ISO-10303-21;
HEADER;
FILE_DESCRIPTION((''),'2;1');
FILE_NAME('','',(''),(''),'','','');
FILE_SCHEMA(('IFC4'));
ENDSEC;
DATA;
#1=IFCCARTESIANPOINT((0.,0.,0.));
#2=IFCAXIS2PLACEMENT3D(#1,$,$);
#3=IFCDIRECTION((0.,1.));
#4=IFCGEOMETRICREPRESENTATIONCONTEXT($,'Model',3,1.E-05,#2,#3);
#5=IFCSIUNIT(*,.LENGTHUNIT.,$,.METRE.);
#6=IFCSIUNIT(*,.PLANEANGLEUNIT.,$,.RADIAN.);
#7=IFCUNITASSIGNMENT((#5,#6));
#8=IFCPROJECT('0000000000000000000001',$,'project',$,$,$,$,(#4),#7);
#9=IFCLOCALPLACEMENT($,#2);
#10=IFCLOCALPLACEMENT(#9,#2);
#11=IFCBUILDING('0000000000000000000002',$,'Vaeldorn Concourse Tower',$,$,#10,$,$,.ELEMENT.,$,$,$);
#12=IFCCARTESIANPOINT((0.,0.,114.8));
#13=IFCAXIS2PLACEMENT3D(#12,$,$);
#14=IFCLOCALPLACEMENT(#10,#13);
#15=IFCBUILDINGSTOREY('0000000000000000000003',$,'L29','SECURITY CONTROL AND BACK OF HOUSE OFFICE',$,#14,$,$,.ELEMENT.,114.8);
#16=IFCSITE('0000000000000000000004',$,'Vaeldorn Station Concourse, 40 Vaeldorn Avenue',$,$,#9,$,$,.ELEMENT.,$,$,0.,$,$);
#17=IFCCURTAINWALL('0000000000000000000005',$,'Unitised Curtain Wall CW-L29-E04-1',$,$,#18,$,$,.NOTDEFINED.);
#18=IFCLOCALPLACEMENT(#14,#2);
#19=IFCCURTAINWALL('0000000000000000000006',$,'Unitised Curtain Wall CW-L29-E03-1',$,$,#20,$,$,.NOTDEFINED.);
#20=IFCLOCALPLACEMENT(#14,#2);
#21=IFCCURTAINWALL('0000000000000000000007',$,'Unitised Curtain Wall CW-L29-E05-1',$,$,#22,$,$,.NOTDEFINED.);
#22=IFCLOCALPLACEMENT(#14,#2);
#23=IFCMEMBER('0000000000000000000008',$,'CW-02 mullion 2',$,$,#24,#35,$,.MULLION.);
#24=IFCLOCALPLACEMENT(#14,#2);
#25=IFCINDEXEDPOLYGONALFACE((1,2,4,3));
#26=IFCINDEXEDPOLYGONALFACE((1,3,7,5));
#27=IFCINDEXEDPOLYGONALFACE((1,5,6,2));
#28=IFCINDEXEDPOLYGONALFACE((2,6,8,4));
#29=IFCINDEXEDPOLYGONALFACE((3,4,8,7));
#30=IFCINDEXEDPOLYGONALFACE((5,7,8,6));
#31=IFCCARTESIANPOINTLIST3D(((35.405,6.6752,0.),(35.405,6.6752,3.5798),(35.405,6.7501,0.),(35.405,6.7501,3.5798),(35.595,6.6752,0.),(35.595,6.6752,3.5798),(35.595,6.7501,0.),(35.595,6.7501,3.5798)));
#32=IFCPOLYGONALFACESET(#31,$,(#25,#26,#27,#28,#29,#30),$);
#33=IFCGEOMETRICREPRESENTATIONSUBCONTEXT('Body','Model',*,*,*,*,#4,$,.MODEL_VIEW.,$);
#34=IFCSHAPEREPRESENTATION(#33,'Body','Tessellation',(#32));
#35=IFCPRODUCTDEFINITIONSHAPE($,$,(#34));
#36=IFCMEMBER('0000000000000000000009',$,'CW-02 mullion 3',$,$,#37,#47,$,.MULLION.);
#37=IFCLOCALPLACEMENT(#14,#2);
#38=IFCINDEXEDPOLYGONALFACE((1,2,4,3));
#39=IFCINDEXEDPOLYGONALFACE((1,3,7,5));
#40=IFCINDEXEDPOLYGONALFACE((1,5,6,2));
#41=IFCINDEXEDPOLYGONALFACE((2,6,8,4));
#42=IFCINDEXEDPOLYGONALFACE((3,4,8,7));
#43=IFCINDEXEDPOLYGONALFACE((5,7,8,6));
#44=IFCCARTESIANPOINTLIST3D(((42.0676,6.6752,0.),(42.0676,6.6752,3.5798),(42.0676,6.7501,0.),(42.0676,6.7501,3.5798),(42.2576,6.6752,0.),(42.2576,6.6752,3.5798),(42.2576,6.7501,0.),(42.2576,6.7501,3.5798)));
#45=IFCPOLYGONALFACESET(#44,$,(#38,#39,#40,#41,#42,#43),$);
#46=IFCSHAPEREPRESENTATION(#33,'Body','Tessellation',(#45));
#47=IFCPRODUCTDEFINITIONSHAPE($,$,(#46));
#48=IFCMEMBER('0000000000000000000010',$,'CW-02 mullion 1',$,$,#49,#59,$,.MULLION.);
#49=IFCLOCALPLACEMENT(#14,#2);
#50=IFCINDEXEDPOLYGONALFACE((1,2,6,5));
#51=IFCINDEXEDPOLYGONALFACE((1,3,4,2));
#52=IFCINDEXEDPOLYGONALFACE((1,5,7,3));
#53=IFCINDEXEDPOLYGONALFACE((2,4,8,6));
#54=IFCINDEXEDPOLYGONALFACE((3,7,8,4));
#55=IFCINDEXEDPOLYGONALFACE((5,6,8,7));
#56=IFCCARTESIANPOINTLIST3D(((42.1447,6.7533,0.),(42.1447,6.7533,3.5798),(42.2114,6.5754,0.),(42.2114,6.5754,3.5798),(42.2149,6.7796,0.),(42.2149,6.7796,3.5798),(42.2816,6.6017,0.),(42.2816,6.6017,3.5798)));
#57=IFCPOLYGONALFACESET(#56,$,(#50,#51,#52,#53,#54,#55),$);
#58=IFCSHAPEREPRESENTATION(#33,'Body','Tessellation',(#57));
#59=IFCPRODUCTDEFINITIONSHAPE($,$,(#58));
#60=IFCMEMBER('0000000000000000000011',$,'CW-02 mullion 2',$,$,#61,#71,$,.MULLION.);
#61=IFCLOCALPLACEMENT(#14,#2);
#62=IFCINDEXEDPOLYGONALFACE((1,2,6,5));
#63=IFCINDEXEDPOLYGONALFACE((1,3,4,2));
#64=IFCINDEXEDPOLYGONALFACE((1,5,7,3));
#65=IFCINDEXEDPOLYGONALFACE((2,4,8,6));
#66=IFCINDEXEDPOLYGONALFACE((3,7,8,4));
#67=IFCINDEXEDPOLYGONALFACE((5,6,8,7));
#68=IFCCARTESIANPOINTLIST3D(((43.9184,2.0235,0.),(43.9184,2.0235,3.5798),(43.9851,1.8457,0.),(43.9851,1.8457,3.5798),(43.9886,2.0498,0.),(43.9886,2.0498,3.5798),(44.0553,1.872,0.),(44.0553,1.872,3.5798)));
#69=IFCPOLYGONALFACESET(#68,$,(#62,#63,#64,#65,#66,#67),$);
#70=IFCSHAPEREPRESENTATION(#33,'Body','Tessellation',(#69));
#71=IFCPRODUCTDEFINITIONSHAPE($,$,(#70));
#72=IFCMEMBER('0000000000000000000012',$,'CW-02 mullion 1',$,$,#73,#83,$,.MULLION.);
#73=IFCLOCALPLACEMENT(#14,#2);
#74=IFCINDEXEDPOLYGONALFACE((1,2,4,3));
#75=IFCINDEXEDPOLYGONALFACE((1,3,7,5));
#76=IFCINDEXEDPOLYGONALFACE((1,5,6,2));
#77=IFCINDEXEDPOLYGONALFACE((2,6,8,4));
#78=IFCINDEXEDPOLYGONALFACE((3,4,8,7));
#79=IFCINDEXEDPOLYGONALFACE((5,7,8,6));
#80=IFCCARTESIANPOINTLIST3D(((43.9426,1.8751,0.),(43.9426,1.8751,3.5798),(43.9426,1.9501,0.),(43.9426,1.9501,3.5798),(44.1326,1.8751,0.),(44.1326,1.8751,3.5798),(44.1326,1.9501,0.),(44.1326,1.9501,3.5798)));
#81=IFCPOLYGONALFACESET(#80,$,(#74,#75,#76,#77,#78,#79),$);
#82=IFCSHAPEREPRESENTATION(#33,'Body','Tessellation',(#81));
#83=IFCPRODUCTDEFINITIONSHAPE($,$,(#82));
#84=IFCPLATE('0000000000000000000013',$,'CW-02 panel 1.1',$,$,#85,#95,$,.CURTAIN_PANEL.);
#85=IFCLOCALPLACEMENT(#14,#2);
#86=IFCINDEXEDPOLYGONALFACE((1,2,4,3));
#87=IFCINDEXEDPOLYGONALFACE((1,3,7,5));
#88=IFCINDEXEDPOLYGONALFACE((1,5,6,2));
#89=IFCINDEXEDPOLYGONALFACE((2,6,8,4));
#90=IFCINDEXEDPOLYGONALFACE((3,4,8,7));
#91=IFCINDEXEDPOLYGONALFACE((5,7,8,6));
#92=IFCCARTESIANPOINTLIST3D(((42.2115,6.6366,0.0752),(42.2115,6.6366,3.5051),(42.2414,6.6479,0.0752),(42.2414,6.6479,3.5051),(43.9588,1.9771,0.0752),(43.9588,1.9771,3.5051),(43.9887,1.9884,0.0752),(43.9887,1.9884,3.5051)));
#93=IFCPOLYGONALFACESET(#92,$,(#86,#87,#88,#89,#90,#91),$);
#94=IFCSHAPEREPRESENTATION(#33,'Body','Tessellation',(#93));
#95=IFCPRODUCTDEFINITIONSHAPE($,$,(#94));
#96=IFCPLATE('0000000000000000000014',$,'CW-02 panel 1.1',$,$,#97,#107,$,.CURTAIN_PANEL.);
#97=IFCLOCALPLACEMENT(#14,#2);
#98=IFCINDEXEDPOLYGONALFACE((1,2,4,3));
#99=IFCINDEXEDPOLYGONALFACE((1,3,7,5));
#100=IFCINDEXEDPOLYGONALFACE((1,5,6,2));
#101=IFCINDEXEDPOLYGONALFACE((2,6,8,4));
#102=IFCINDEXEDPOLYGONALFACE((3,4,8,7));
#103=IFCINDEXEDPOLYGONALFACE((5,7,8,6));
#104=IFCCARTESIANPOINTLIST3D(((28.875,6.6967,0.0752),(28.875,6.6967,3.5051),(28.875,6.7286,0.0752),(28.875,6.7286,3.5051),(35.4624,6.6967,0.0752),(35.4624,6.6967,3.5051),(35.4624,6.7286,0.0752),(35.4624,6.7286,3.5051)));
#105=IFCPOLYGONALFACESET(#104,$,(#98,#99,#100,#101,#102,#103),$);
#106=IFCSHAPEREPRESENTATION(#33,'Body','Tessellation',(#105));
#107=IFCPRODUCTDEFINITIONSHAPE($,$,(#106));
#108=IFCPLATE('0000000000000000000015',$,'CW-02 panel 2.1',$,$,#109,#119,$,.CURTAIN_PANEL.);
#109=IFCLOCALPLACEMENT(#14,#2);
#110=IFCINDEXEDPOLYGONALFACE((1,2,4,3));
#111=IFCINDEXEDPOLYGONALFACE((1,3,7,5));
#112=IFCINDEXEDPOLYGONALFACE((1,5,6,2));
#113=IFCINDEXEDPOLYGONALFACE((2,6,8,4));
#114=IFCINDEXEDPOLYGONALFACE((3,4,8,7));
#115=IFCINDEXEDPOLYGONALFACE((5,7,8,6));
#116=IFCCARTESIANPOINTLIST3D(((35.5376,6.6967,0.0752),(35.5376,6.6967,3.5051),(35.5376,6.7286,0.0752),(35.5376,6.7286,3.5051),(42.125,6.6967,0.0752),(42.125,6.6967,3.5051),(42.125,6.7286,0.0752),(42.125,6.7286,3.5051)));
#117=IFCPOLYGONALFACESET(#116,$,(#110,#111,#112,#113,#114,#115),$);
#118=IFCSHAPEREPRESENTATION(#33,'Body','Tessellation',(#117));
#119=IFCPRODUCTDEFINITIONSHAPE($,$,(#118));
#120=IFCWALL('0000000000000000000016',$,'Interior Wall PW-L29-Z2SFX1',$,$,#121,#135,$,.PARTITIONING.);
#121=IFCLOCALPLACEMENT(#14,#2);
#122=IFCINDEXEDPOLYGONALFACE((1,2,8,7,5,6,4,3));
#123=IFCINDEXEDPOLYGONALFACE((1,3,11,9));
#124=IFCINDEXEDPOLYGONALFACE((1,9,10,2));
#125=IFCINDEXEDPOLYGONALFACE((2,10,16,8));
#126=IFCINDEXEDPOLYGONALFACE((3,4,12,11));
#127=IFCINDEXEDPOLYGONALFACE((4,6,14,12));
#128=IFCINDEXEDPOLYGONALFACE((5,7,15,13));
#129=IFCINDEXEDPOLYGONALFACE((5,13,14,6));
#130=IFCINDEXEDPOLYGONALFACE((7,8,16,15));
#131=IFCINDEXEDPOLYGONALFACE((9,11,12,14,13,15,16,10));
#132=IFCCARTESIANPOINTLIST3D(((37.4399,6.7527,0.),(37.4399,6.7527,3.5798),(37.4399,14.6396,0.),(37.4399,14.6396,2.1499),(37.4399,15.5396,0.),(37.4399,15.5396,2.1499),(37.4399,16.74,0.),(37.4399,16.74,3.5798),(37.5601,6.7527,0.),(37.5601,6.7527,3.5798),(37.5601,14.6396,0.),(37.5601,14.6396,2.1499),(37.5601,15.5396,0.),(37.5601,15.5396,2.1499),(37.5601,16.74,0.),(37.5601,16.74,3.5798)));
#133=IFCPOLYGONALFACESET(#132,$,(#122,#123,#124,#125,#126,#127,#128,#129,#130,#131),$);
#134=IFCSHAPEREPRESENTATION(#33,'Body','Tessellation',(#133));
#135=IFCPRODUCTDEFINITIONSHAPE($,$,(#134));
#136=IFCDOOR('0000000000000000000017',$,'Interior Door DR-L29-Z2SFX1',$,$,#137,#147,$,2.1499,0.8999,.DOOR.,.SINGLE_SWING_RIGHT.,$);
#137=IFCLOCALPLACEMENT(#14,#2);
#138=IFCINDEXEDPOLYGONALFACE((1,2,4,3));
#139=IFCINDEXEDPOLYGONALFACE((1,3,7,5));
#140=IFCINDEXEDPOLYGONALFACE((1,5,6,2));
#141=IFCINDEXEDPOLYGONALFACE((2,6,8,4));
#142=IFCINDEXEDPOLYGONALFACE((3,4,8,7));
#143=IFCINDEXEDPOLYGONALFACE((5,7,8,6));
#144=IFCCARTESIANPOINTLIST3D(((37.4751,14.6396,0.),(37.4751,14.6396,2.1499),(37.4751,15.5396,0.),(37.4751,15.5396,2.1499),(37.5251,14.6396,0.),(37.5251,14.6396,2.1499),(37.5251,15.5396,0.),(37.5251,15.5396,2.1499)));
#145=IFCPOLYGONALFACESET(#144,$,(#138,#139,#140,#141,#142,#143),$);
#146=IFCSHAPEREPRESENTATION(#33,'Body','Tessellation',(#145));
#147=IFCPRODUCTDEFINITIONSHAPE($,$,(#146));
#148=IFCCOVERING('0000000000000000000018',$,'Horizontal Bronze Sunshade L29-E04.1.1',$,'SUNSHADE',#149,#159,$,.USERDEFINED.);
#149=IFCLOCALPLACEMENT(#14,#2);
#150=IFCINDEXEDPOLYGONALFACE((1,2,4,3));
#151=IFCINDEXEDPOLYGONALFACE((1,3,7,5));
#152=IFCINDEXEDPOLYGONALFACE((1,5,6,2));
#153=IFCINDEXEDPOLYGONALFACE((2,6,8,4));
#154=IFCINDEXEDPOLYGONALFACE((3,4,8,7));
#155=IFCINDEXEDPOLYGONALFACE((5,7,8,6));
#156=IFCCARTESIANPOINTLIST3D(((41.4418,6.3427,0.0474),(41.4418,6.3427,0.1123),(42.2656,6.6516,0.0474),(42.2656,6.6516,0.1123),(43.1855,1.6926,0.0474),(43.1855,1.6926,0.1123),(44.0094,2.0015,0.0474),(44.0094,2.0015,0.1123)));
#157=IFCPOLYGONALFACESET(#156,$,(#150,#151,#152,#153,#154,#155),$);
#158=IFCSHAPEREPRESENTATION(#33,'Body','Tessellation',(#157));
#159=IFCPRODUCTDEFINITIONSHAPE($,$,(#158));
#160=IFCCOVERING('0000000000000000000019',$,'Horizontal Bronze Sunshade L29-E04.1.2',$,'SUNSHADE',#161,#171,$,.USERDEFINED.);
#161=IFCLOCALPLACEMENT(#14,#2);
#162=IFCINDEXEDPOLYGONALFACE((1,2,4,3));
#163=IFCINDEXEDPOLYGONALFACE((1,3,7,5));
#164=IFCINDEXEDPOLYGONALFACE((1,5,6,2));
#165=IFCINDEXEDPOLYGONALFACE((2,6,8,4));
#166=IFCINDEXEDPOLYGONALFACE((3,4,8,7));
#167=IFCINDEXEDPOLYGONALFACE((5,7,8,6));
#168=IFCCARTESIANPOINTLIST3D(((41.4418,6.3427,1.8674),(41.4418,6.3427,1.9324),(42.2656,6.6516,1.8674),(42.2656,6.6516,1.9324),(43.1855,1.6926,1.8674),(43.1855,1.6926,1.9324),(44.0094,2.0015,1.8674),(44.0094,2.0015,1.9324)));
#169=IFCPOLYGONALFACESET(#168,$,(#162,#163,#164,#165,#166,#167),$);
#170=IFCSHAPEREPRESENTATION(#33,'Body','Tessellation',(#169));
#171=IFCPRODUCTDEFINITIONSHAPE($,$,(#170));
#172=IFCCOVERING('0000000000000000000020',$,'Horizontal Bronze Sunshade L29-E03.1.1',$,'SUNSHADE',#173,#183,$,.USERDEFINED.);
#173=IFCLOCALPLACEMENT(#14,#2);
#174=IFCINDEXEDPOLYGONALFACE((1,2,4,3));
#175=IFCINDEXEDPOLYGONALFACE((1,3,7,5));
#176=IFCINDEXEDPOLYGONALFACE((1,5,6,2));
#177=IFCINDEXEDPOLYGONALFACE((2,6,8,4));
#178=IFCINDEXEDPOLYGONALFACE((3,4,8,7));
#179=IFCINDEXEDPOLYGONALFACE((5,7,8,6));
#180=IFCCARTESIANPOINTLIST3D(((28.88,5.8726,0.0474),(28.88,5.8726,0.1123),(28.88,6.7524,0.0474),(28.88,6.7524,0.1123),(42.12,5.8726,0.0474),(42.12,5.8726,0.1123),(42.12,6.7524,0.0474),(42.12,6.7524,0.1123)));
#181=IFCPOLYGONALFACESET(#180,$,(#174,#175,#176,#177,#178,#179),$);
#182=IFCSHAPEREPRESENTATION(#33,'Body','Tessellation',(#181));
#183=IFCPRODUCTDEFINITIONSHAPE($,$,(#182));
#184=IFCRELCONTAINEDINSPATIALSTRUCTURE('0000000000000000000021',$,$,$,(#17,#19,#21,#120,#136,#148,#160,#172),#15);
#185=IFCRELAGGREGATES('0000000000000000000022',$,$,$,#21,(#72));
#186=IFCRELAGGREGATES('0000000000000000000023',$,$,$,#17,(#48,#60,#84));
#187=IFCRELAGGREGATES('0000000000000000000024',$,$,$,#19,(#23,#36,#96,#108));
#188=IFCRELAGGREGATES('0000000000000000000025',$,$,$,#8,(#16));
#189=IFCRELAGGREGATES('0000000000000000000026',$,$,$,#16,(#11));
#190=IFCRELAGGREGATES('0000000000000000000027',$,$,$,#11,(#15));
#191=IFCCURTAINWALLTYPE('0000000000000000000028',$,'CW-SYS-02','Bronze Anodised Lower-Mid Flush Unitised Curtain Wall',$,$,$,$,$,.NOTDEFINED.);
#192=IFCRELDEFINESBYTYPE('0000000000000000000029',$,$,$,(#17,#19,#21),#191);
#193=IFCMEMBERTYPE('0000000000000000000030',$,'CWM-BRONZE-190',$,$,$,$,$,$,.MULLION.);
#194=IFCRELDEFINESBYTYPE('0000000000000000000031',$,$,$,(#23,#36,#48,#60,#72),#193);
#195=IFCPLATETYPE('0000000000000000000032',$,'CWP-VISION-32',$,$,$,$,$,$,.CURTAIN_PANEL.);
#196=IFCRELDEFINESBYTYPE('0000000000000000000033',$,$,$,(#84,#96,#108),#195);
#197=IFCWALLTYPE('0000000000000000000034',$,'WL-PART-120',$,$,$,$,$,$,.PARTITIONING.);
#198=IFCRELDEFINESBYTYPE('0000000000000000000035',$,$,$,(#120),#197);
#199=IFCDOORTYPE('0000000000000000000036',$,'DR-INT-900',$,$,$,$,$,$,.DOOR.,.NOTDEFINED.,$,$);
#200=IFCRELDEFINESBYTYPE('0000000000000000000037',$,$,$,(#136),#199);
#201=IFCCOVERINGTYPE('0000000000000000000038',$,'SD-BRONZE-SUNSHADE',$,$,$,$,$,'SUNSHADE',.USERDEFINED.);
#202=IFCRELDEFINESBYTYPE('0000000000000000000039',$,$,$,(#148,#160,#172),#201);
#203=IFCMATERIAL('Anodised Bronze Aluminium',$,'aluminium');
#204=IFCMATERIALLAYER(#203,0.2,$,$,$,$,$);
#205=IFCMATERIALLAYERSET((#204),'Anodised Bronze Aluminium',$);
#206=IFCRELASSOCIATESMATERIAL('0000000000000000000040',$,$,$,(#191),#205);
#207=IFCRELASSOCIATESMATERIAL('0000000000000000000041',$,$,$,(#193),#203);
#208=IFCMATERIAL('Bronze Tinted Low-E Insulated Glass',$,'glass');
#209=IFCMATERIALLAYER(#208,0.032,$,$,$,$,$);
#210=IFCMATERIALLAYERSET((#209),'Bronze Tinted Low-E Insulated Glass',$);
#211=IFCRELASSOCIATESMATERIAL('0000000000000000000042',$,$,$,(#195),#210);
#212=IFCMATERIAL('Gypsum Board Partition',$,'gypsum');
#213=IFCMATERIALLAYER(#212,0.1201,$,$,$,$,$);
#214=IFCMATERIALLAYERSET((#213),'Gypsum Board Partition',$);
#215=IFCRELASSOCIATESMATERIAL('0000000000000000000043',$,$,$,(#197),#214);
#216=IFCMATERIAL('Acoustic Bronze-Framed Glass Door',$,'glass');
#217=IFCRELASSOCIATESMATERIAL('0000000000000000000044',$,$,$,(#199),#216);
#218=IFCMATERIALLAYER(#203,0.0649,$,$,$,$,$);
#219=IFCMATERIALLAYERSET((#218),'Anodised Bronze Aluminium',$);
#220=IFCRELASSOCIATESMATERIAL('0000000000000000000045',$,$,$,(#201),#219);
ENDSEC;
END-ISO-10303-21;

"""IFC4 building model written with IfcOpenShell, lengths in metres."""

from ifc_helpers import new_model, si_unit, direction, frame, frame_2d, origin, origin_2d, place, context, subcontext, project, spatial, rectangle, extrude, source, transform, mapped, material, layer, layer_set, material_profile, profile_set, type_object, element, fill, aggregate, save


model = new_model("IFC4")

# Units and contexts
model_context = context("Model", 3, precision=1e-05, world=origin(), true_north=direction((0.0, 1.0)))
body_context = subcontext(model_context, "Body", "Model", "MODEL_VIEW")
ifc_project = project(units=[si_unit("LENGTHUNIT", "METRE"), si_unit("PLANEANGLEUNIT", "RADIAN")], contexts=[model_context])

# Site, building, storey
site_placement = place(None, origin())
site = spatial("IfcSite", under=ifc_project, at=site_placement, Name="Vaeldorn Station Concourse, 40 Vaeldorn Avenue", CompositionType="ELEMENT", RefElevation=0.0)
building_placement = place(site_placement, origin())
building = spatial("IfcBuilding", under=site, at=building_placement, Name="Vaeldorn Concourse Tower", CompositionType="ELEMENT")
storey_placement = place(building_placement, frame((0.0, 0.0, 114.8)))
storey = spatial("IfcBuildingStorey", under=building, at=storey_placement, Name="L29", Description="SECURITY CONTROL AND BACK OF HOUSE OFFICE", CompositionType="ELEMENT", Elevation=114.8)

# Curtain walls
ifc_material_1 = material(Name="Anodised Bronze Aluminium", Category="aluminium")
ifc_layer_1 = layer(ifc_material_1, 0.2)
ifc_layer_set_1 = layer_set([ifc_layer_1], Name="Anodised Bronze Aluminium")
curtain_wall_type = type_object("IfcCurtainWallType", Name="CW-SYS-02", Description="Bronze Anodised Lower-Mid Flush Unitised Curtain Wall", PredefinedType="NOTDEFINED", material=ifc_layer_set_1)
curtain_wall_1_placement = place(storey_placement, origin())
curtain_wall_1 = element("IfcCurtainWall", 1, at=curtain_wall_1_placement, inside=storey, type_object=curtain_wall_type, Name="Unitised Curtain Wall CW-L29-E04-1", PredefinedType="NOTDEFINED")
curtain_wall_2_placement = place(storey_placement, origin())
curtain_wall_2 = element("IfcCurtainWall", 2, at=curtain_wall_2_placement, inside=storey, type_object=curtain_wall_type, Name="Unitised Curtain Wall CW-L29-E03-1", PredefinedType="NOTDEFINED")
curtain_wall_3_placement = place(storey_placement, origin())
curtain_wall_3 = element("IfcCurtainWall", 3, at=curtain_wall_3_placement, inside=storey, type_object=curtain_wall_type, Name="Unitised Curtain Wall CW-L29-E05-1", PredefinedType="NOTDEFINED")

# Members
ifc_material_profile_1 = material_profile(ifc_material_1, rectangle(XDim=0.075, YDim=0.1899, at=origin_2d()), Name="CWM 75x190")
ifc_profile_set_1 = profile_set([ifc_material_profile_1], Name="Anodised Bronze Aluminium")
member_type_1 = type_object("IfcMemberType", Name="CWM-BRONZE-190", PredefinedType="MULLION", material=ifc_profile_set_1)
shared_shape_1 = source(origin(), body_context, "Body", "SweptSolid", [
    extrude(rectangle(XDim=0.075, YDim=0.1899, at=origin_2d()), origin(), (0.0, 0.0, 1.0), 3.5798),
])
member_1_placement = place(storey_placement, frame((35.5, 6.7126, 0.0), z_axis=(0.0, 0.0, 1.0), x_axis=(0.0, 1.0, 0.0)))
member_1 = element("IfcMember", 4, at=member_1_placement, type_object=member_type_1, Name="CW-02 mullion 2", PredefinedType="MULLION", context=body_context, shape_type="MappedRepresentation", body=[
    mapped(shared_shape_1, transform((0.0, 0.0, 0.0), scale=1.0)),
])
member_2_placement = place(storey_placement, frame((42.1626, 6.7126, 0.0), z_axis=(0.0, 0.0, 1.0), x_axis=(0.0, 1.0, 0.0)))
member_2 = element("IfcMember", 5, at=member_2_placement, type_object=member_type_1, Name="CW-02 mullion 3", PredefinedType="MULLION", context=body_context, shape_type="MappedRepresentation", body=[
    mapped(shared_shape_1, transform((0.0, 0.0, 0.0), scale=1.0)),
])
member_3_placement = place(storey_placement, frame((42.2131, 6.6775, 0.0), z_axis=(0.0, 0.0, 1.0), x_axis=(0.936329, 0.351123, 0.0)))
member_3 = element("IfcMember", 6, at=member_3_placement, type_object=member_type_1, Name="CW-02 mullion 1", PredefinedType="MULLION", context=body_context, shape_type="MappedRepresentation", body=[
    mapped(shared_shape_1, transform((0.0, 0.0, 0.0), scale=1.0)),
])
member_4_placement = place(storey_placement, frame((43.9868, 1.9478, 0.0), z_axis=(0.0, 0.0, 1.0), x_axis=(0.936329, 0.351123, 0.0)))
member_4 = element("IfcMember", 7, at=member_4_placement, type_object=member_type_1, Name="CW-02 mullion 2", PredefinedType="MULLION", context=body_context, shape_type="MappedRepresentation", body=[
    mapped(shared_shape_1, transform((0.0, 0.0, 0.0), scale=1.0)),
])
member_5_placement = place(storey_placement, frame((44.0376, 1.9126, 0.0), z_axis=(0.0, 0.0, 1.0), x_axis=(0.0, 1.0, 0.0)))
member_5 = element("IfcMember", 8, at=member_5_placement, type_object=member_type_1, Name="CW-02 mullion 1", PredefinedType="MULLION", context=body_context, shape_type="MappedRepresentation", body=[
    mapped(shared_shape_1, transform((0.0, 0.0, 0.0), scale=1.0)),
])
aggregate(curtain_wall_3, [member_5])

# Plates
ifc_material_2 = material(Name="Bronze Tinted Low-E Insulated Glass", Category="glass")
ifc_layer_2 = layer(ifc_material_2, 0.032)
ifc_layer_set_2 = layer_set([ifc_layer_2], Name="Bronze Tinted Low-E Insulated Glass")
plate_type = type_object("IfcPlateType", Name="CWP-VISION-32", PredefinedType="CURTAIN_PANEL", material=ifc_layer_set_2)
shared_shape_2 = source(origin(), body_context, "Body", "SweptSolid", [
    extrude(rectangle(XDim=4.9763, YDim=0.032, at=origin_2d()), origin(), (0.0, 0.0, 1.0), 3.4299),
])
plate_1_placement = place(storey_placement, frame((43.1001, 4.3125, 0.0752), z_axis=(0.0, 0.0, 1.0), x_axis=(0.351123, -0.936329, 0.0)))
plate_1 = element("IfcPlate", 9, at=plate_1_placement, type_object=plate_type, Name="CW-02 panel 1.1", PredefinedType="CURTAIN_PANEL", context=body_context, shape_type="MappedRepresentation", body=[
    mapped(shared_shape_2, transform((0.0, 0.0, 0.0), scale=1.0)),
])
aggregate(curtain_wall_1, [member_3, member_4, plate_1])
shared_shape_3 = source(origin(), body_context, "Body", "SweptSolid", [
    extrude(rectangle(XDim=6.5874, YDim=0.032, at=origin_2d()), origin(), (0.0, 0.0, 1.0), 3.4299),
])
plate_2_placement = place(storey_placement, frame((32.1687, 6.7126, 0.0752), z_axis=(0.0, 0.0, 1.0), x_axis=(1.0, 0.0, 0.0)))
plate_2 = element("IfcPlate", 10, at=plate_2_placement, type_object=plate_type, Name="CW-02 panel 1.1", PredefinedType="CURTAIN_PANEL", context=body_context, shape_type="MappedRepresentation", body=[
    mapped(shared_shape_3, transform((0.0, 0.0, 0.0), scale=1.0)),
])
plate_3_placement = place(storey_placement, frame((38.8313, 6.7126, 0.0752), z_axis=(0.0, 0.0, 1.0), x_axis=(1.0, 0.0, 0.0)))
plate_3 = element("IfcPlate", 11, at=plate_3_placement, type_object=plate_type, Name="CW-02 panel 2.1", PredefinedType="CURTAIN_PANEL", context=body_context, shape_type="MappedRepresentation", body=[
    mapped(shared_shape_3, transform((0.0, 0.0, 0.0), scale=1.0)),
])
aggregate(curtain_wall_2, [member_1, member_2, plate_2, plate_3])

# Wall, opening, door
ifc_material_3 = material(Name="Gypsum Board Partition", Category="gypsum")
ifc_layer_3 = layer(ifc_material_3, 0.1201)
ifc_layer_set_3 = layer_set([ifc_layer_3], Name="Gypsum Board Partition")
wall_type = type_object("IfcWallType", Name="WL-PART-120", PredefinedType="PARTITIONING", material=ifc_layer_set_3)
wall_placement = place(storey_placement, frame((37.5, 6.7527, 0.0), z_axis=(0.0, 0.0, 1.0), x_axis=(0.0, 1.0, 0.0)))
wall = element("IfcWall", 12, at=wall_placement, inside=storey, type_object=wall_type, Name="Interior Wall PW-L29-Z2SFX1", PredefinedType="PARTITIONING", context=body_context, shape_type="SweptSolid", body=[
    extrude(rectangle(XDim=9.9873, YDim=0.1201, at=frame_2d((4.9937, 0.0))), origin(), (0.0, 0.0, 1.0), 3.5798),
])
opening_placement = place(wall_placement, frame((7.887, 0.0, 0.0)))
opening = element("IfcOpeningElement", 13, at=opening_placement, cuts=wall, PredefinedType="OPENING", context=body_context, shape_type="SweptSolid", body=[
    extrude(rectangle(XDim=0.8999, YDim=2.1499, at=frame_2d((0.45, 1.075))), frame((0.0, 0.0701, 0.0), z_axis=(0.0, -1.0, 0.0), x_axis=(1.0, 0.0, 0.0)), (0.0, 0.0, 1.0), 0.1401),
])
ifc_material_4 = material(Name="Acoustic Bronze-Framed Glass Door", Category="glass")
door_type = type_object("IfcDoorType", Name="DR-INT-900", OperationType="NOTDEFINED", PredefinedType="DOOR", material=ifc_material_4)
shared_shape_4 = source(origin(), body_context, "Body", "SweptSolid", [
    extrude(rectangle(XDim=0.8999, YDim=2.1499, at=frame_2d((0.45, 1.075))), frame((0.0, 0.0249, 0.0), z_axis=(0.0, -1.0, 0.0), x_axis=(1.0, 0.0, 0.0)), (0.0, 0.0, 1.0), 0.05),
])
door_placement = place(opening_placement, origin())
door = element("IfcDoor", 14, at=door_placement, inside=storey, type_object=door_type, Name="Interior Door DR-L29-Z2SFX1", OperationType="SINGLE_SWING_RIGHT", OverallHeight=2.1499, OverallWidth=0.8999, PredefinedType="DOOR", context=body_context, shape_type="MappedRepresentation", body=[
    mapped(shared_shape_4, transform((0.0, 0.0, 0.0), scale=1.0)),
])
fill(opening, door)

# Coverings
ifc_layer_4 = layer(ifc_material_1, 0.0649)
ifc_layer_set_4 = layer_set([ifc_layer_4], Name="Anodised Bronze Aluminium")
covering_type = type_object("IfcCoveringType", Name="SD-BRONZE-SUNSHADE", ElementType="SUNSHADE", PredefinedType="USERDEFINED", material=ifc_layer_set_4)
shared_shape_5 = source(origin(), body_context, "Body", "SweptSolid", [
    extrude(rectangle(XDim=4.9663, YDim=0.8799, at=origin_2d()), origin(), (0.0, 0.0, 1.0), 0.0649),
])
for number, where, z_axis, x_axis, name in (
    (15, (42.7256, 4.1721, 0.0474), (0.0, 0.0, 1.0), (0.351123, -0.936329, 0.0), "Horizontal Bronze Sunshade L29-E04.1.1"),
    (16, (42.7256, 4.1721, 1.8674), (0.0, 0.0, 1.0), (0.351123, -0.936329, 0.0), "Horizontal Bronze Sunshade L29-E04.1.2"),
):
    element("IfcCovering", number, at=place(storey_placement, frame(where, z_axis=z_axis, x_axis=x_axis)), inside=storey, type_object=covering_type, Name=name, ObjectType="SUNSHADE", PredefinedType="USERDEFINED", context=body_context, shape_type="MappedRepresentation", body=[
        mapped(shared_shape_5, transform((0.0, 0.0, 0.0), scale=1.0)),
    ])
shared_shape_6 = source(origin(), body_context, "Body", "SweptSolid", [
    extrude(rectangle(XDim=13.24, YDim=0.8799, at=origin_2d()), origin(), (0.0, 0.0, 1.0), 0.0649),
])
for number, where, z_axis, x_axis, name in (
    (17, (35.5, 6.3125, 0.0474), (0.0, 0.0, 1.0), (1.0, 0.0, 0.0), "Horizontal Bronze Sunshade L29-E03.1.1"),
):
    element("IfcCovering", number, at=place(storey_placement, frame(where, z_axis=z_axis, x_axis=x_axis)), inside=storey, type_object=covering_type, Name=name, ObjectType="SUNSHADE", PredefinedType="USERDEFINED", context=body_context, shape_type="MappedRepresentation", body=[
        mapped(shared_shape_6, transform((0.0, 0.0, 0.0), scale=1.0)),
    ])

save(model, "model.ifc")
